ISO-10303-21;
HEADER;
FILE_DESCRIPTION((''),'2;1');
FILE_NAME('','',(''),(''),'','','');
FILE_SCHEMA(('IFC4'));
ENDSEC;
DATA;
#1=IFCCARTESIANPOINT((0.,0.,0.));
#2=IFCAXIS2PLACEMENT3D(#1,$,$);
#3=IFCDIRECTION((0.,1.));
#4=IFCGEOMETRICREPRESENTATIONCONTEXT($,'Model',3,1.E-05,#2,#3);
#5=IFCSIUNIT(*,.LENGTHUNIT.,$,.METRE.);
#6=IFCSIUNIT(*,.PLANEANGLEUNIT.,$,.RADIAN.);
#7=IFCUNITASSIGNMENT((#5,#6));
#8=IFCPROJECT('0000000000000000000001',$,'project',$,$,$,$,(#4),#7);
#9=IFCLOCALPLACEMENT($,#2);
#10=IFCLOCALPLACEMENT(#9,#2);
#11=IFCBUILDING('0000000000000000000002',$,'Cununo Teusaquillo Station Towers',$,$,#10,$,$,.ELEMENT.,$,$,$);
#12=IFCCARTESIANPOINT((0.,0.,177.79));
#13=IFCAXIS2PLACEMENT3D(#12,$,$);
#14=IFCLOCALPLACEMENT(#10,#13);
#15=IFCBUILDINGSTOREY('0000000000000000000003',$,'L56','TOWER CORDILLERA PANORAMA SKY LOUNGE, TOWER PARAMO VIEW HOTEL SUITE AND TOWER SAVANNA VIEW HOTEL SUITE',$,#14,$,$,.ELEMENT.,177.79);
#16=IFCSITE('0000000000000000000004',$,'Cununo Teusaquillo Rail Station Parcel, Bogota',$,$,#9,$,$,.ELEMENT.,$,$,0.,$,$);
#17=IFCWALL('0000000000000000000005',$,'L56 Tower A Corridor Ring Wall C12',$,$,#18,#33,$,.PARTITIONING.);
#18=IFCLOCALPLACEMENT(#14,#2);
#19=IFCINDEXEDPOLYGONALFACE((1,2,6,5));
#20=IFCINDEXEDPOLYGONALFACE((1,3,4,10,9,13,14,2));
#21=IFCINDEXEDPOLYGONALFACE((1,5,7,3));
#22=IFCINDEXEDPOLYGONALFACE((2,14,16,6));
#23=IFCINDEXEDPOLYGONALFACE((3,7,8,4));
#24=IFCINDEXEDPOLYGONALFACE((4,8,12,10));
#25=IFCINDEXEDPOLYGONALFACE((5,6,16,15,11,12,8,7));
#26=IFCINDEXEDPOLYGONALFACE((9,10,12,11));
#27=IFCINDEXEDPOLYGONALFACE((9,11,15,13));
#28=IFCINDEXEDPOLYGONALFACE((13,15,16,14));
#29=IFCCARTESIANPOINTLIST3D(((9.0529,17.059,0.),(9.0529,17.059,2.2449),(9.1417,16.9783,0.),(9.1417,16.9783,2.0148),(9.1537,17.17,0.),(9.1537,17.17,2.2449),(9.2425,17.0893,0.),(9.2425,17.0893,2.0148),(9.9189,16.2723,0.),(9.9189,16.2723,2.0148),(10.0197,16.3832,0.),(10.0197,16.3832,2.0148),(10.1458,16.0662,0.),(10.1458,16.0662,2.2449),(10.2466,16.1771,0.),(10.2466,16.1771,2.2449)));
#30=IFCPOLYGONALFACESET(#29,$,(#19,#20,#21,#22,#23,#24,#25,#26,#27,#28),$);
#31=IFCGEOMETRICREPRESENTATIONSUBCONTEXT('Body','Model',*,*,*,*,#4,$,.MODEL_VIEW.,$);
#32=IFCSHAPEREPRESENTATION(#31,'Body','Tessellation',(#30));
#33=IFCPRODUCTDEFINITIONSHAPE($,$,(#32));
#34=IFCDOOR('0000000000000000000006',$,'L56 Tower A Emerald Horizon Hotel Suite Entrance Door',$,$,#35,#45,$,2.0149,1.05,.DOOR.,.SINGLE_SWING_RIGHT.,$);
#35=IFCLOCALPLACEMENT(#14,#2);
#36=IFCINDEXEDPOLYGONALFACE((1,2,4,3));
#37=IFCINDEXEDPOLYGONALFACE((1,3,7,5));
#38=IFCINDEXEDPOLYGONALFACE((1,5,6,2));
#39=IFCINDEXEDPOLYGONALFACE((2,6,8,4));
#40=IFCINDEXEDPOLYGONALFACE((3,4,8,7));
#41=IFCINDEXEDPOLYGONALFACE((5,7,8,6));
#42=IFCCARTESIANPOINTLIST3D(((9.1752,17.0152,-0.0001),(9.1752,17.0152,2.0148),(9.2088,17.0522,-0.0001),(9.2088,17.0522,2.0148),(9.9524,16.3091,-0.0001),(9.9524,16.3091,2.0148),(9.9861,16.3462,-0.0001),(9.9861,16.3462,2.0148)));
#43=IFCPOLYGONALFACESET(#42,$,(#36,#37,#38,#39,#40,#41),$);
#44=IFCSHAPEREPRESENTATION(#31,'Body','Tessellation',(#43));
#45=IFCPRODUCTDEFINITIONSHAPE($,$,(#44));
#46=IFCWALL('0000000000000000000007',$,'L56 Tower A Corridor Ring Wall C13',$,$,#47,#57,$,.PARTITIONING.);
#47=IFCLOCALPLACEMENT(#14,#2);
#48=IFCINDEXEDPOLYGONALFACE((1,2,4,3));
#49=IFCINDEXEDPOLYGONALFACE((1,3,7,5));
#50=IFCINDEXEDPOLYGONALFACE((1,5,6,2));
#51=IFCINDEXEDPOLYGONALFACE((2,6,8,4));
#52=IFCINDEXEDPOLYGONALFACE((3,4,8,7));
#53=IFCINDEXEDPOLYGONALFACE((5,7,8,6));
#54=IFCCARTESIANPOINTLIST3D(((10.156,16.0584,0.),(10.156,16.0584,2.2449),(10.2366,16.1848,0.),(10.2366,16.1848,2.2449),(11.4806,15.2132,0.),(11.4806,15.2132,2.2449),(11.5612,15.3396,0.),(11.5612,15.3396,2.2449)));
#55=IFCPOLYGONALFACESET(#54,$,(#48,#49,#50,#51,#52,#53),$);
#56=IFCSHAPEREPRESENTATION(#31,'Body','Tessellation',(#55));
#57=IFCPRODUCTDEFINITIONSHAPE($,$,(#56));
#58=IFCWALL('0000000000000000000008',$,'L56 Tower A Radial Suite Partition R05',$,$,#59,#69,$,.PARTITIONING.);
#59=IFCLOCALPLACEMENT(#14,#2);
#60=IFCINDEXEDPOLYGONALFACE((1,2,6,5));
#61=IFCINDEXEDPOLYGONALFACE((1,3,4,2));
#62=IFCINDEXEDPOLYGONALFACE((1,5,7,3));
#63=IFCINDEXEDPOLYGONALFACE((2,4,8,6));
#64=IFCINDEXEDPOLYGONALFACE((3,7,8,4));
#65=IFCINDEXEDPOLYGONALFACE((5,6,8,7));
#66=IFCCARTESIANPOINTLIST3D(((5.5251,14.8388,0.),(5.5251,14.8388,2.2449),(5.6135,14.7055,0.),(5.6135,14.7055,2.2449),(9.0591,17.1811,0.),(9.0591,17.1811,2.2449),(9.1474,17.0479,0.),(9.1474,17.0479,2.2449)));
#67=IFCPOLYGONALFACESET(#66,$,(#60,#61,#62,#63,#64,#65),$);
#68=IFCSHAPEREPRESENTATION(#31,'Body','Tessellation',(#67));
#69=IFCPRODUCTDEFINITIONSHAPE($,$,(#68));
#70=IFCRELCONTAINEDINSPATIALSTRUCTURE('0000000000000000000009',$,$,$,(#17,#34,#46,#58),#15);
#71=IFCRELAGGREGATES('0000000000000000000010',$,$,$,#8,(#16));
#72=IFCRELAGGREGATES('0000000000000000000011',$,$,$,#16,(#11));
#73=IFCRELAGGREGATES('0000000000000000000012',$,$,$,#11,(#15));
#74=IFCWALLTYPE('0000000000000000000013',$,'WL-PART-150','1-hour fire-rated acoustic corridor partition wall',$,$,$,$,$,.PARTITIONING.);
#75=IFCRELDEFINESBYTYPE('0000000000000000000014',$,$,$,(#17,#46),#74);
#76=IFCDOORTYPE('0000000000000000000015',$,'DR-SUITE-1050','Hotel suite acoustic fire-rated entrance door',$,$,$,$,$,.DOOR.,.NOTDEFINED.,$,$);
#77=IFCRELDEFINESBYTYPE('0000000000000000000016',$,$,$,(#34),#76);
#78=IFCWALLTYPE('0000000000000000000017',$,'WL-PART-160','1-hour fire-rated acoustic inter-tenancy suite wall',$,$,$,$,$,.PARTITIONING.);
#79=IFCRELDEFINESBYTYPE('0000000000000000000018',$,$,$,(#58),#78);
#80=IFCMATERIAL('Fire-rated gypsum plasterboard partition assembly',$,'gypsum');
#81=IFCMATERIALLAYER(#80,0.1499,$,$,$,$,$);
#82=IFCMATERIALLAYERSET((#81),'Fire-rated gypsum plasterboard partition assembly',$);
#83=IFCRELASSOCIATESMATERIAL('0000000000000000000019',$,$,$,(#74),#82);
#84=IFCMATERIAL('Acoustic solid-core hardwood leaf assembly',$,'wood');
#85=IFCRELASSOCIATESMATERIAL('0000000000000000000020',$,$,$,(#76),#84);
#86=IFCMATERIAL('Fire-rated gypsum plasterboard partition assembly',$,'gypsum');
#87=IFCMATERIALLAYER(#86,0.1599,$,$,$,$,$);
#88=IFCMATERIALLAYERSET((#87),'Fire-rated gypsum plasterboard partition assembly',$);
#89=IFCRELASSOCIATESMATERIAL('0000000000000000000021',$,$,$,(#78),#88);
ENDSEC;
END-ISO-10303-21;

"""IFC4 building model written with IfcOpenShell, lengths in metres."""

from ifc_helpers import new_model, si_unit, direction, frame, frame_2d, origin, place, context, subcontext, project, spatial, rectangle, extrude, source, transform, mapped, material, layer, layer_set, type_object, element, fill, save


model = new_model("IFC4")

# Units and contexts
model_context = context("Model", 3, precision=1e-05, world=origin(), true_north=direction((0.0, 1.0)))
body_context = subcontext(model_context, "Body", "Model", "MODEL_VIEW")
ifc_project = project(units=[si_unit("LENGTHUNIT", "METRE"), si_unit("PLANEANGLEUNIT", "RADIAN")], contexts=[model_context])

# Site, building, storey
site_placement = place(None, origin())
site = spatial("IfcSite", under=ifc_project, at=site_placement, Name="Cununo Teusaquillo Rail Station Parcel, Bogota", CompositionType="ELEMENT", RefElevation=0.0)
building_placement = place(site_placement, origin())
building = spatial("IfcBuilding", under=site, at=building_placement, Name="Cununo Teusaquillo Station Towers", CompositionType="ELEMENT")
storey_placement = place(building_placement, frame((0.0, 0.0, 177.79)))
storey = spatial("IfcBuildingStorey", under=building, at=storey_placement, Name="L56", Description="TOWER CORDILLERA PANORAMA SKY LOUNGE, TOWER PARAMO VIEW HOTEL SUITE AND TOWER SAVANNA VIEW HOTEL SUITE", CompositionType="ELEMENT", Elevation=177.79)

# Wall, opening, door
ifc_material_1 = material(Name="Fire-rated gypsum plasterboard partition assembly", Category="gypsum")
ifc_layer_1 = layer(ifc_material_1, 0.1499)
ifc_layer_set_1 = layer_set([ifc_layer_1], Name="Fire-rated gypsum plasterboard partition assembly")
wall_type_1 = type_object("IfcWallType", Name="WL-PART-150", Description="1-hour fire-rated acoustic corridor partition wall", PredefinedType="PARTITIONING", material=ifc_layer_set_1)
wall_1_placement = place(storey_placement, frame((9.1033, 17.1145, 0.0), z_axis=(0.0, 0.0, 1.0), x_axis=(0.740187, -0.672401, 0.0)))
wall_1 = element("IfcWall", 1, at=wall_1_placement, inside=storey, type_object=wall_type_1, Name="L56 Tower A Corridor Ring Wall C12", PredefinedType="PARTITIONING", context=body_context, shape_type="SweptSolid", body=[
    extrude(rectangle(XDim=1.4766, YDim=0.1499, at=frame_2d((0.7383, 0.0))), origin(), (0.0, 0.0, 1.0), 2.2449),
])
shared_shape_1 = source(origin(), body_context, "Body", "SweptSolid", [
    extrude(rectangle(XDim=1.05, YDim=2.0149, at=frame_2d((0.5249, 1.0073))), frame((0.0, 0.085, 0.0), z_axis=(0.0, -1.0, 0.0), x_axis=(1.0, 0.0, 0.0)), (0.0, 0.0, 1.0), 0.1699),
])
opening_1_placement = place(wall_1_placement, frame((0.1201, 0.0, 0.0)))
opening_1 = element("IfcOpeningElement", 2, at=opening_1_placement, cuts=wall_1, PredefinedType="OPENING", context=body_context, shape_type="MappedRepresentation", body=[
    mapped(shared_shape_1, transform((0.0, 0.0, 0.0), x_axis=(1.0, 0.0, 0.0), y_axis=(0.0, 1.0, 0.0), z_axis=(0.0, 0.0, 1.0), scale=1.0)),
])
ifc_material_2 = material(Name="Acoustic solid-core hardwood leaf assembly", Category="wood")
door_type_1 = type_object("IfcDoorType", Name="DR-SUITE-1050", Description="Hotel suite acoustic fire-rated entrance door", OperationType="NOTDEFINED", PredefinedType="DOOR", material=ifc_material_2)
shared_shape_2 = source(origin(), body_context, "Body", "SweptSolid", [
    extrude(rectangle(XDim=1.05, YDim=2.0149, at=frame_2d((0.5249, 1.0073))), frame((0.0, 0.0249, 0.0), z_axis=(0.0, -1.0, 0.0), x_axis=(1.0, 0.0, 0.0)), (0.0, 0.0, 1.0), 0.05),
])
door_1_placement = place(opening_1_placement, origin())
door_1 = element("IfcDoor", 3, at=door_1_placement, inside=storey, type_object=door_type_1, Name="L56 Tower A Emerald Horizon Hotel Suite Entrance Door", OperationType="SINGLE_SWING_RIGHT", OverallHeight=2.0149, OverallWidth=1.05, PredefinedType="DOOR", context=body_context, shape_type="MappedRepresentation", body=[
    mapped(shared_shape_2, transform((0.0, 0.0, 0.0), x_axis=(1.0, 0.0, 0.0), y_axis=(0.0, 1.0, 0.0), z_axis=(0.0, 0.0, 1.0), scale=1.0)),
])
fill(opening_1, door_1)

# Walls
wall_2_placement = place(storey_placement, frame((10.1963, 16.1216, 0.0), z_axis=(0.0, 0.0, 1.0), x_axis=(0.843021, -0.53788, 0.0)))
element("IfcWall", 4, at=wall_2_placement, inside=storey, type_object=wall_type_1, Name="L56 Tower A Corridor Ring Wall C13", PredefinedType="PARTITIONING", context=body_context, shape_type="SweptSolid", body=[
    extrude(rectangle(XDim=1.5713, YDim=0.1499, at=frame_2d((0.7856, 0.0))), origin(), (0.0, 0.0, 1.0), 2.2449),
])
ifc_material_3 = material(Name="Fire-rated gypsum plasterboard partition assembly", Category="gypsum")
ifc_layer_2 = layer(ifc_material_3, 0.1599)
ifc_layer_set_2 = layer_set([ifc_layer_2], Name="Fire-rated gypsum plasterboard partition assembly")
wall_type_2 = type_object("IfcWallType", Name="WL-PART-160", Description="1-hour fire-rated acoustic inter-tenancy suite wall", PredefinedType="PARTITIONING", material=ifc_layer_set_2)
wall_3_placement = place(storey_placement, frame((9.1033, 17.1145, 0.0), z_axis=(0.0, 0.0, 1.0), x_axis=(-0.833536, -0.552466, 0.0)))
element("IfcWall", 5, at=wall_3_placement, inside=storey, type_object=wall_type_2, Name="L56 Tower A Radial Suite Partition R05", PredefinedType="PARTITIONING", context=body_context, shape_type="SweptSolid", body=[
    extrude(rectangle(XDim=4.2397, YDim=0.1599, at=frame_2d((2.1199, 0.0))), origin(), (0.0, 0.0, 1.0), 2.2449),
])

save(model, "model.ifc")
